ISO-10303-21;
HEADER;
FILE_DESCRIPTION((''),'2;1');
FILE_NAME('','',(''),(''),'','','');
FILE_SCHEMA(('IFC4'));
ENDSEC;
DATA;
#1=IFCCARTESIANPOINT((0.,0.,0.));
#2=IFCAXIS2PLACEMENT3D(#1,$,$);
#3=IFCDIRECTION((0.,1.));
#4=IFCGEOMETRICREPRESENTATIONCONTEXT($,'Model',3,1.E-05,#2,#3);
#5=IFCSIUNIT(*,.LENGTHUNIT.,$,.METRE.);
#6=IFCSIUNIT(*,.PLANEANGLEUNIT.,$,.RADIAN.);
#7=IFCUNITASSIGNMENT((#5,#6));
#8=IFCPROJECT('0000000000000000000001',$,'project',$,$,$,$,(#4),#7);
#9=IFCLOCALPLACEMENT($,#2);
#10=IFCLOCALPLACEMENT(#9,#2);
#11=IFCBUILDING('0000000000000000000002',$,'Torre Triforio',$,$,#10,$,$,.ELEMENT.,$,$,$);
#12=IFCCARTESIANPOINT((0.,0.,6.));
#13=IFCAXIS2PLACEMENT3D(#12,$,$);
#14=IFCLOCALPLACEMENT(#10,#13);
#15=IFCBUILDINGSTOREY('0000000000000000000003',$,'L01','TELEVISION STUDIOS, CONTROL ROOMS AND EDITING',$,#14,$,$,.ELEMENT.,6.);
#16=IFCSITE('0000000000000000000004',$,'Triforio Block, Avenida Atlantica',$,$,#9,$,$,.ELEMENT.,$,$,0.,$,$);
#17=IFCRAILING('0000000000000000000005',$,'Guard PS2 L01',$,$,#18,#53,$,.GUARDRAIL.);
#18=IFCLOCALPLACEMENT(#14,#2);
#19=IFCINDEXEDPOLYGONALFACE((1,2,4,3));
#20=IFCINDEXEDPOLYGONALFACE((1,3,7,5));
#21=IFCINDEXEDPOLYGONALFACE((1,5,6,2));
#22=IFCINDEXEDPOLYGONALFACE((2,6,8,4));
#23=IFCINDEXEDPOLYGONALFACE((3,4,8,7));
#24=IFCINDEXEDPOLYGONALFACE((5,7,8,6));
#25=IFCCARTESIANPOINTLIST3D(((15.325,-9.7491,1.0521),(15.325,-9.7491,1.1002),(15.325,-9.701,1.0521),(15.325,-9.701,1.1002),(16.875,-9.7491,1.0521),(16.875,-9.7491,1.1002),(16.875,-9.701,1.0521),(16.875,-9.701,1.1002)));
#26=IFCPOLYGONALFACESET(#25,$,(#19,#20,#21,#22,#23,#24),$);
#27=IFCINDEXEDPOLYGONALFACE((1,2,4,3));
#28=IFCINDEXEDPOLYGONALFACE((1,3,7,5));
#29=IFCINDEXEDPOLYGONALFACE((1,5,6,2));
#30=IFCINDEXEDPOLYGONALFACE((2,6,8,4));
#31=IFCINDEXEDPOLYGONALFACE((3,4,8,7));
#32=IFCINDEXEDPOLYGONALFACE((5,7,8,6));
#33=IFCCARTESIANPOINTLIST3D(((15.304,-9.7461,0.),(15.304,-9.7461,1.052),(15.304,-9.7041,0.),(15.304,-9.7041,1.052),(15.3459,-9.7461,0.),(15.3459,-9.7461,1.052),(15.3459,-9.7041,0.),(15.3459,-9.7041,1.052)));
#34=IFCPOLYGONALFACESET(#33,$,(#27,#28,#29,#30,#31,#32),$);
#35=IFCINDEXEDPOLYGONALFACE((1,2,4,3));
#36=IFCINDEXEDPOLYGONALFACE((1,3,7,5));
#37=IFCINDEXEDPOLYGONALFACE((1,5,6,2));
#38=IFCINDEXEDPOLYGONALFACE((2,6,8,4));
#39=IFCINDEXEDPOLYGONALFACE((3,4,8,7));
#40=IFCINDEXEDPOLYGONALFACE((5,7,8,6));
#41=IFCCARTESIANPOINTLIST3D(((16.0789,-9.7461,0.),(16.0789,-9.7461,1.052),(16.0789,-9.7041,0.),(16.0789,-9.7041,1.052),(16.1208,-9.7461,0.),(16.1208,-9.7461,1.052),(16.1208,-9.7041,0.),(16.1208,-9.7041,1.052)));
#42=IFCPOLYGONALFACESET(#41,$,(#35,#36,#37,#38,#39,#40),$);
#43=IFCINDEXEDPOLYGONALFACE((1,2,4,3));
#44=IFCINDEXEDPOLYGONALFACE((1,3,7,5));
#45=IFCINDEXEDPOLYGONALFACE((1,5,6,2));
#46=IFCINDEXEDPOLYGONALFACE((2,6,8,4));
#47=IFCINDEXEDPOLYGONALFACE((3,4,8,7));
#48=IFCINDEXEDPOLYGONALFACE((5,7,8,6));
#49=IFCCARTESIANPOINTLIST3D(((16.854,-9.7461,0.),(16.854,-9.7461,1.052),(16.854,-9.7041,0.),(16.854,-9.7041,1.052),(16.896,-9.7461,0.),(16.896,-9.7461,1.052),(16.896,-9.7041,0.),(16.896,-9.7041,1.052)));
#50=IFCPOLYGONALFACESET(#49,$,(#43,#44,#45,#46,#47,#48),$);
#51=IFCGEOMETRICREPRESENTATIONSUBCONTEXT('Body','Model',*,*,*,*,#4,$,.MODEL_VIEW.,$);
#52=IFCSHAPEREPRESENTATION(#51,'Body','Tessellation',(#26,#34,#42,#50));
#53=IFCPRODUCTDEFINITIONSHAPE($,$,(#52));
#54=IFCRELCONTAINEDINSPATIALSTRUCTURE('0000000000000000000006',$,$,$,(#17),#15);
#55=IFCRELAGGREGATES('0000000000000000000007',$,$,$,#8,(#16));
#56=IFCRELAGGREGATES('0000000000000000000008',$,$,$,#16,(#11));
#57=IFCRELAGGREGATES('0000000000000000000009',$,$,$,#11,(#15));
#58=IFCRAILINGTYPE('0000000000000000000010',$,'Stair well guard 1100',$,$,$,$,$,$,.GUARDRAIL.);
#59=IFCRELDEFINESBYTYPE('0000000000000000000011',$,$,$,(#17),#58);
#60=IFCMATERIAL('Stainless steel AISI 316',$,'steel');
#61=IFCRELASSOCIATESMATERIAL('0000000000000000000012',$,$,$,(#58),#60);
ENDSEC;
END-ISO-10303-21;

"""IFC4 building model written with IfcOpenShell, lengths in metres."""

from ifc_helpers import new_model, si_unit, direction, frame, origin, origin_2d, place, context, subcontext, project, spatial, rectangle, extrude, material, type_object, element, save


model = new_model("IFC4")

# Units and contexts
model_context = context("Model", 3, precision=1e-05, world=origin(), true_north=direction((0.0, 1.0)))
body_context = subcontext(model_context, "Body", "Model", "MODEL_VIEW")
ifc_project = project(units=[si_unit("LENGTHUNIT", "METRE"), si_unit("PLANEANGLEUNIT", "RADIAN")], contexts=[model_context])

# Site, building, storey
site_placement = place(None, origin())
site = spatial("IfcSite", under=ifc_project, at=site_placement, Name="Triforio Block, Avenida Atlantica", CompositionType="ELEMENT", RefElevation=0.0)
building_placement = place(site_placement, origin())
building = spatial("IfcBuilding", under=site, at=building_placement, Name="Torre Triforio", CompositionType="ELEMENT")
storey_placement = place(building_placement, frame((0.0, 0.0, 6.0)))
storey = spatial("IfcBuildingStorey", under=building, at=storey_placement, Name="L01", Description="TELEVISION STUDIOS, CONTROL ROOMS AND EDITING", CompositionType="ELEMENT", Elevation=6.0)

# Shared definitions
ifc_material_1 = material(Name="Stainless steel AISI 316", Category="steel")

# Railing
railing_type_1 = type_object("IfcRailingType", Name="Stair well guard 1100", PredefinedType="GUARDRAIL", material=ifc_material_1)
railing_1_placement = place(storey_placement, frame((15.325, -9.7251, 0.0)))
element("IfcRailing", 1, at=railing_1_placement, inside=storey, type_object=railing_type_1, Name="Guard PS2 L01", PredefinedType="GUARDRAIL", context=body_context, shape_type="SweptSolid", body=[
    extrude(rectangle(XDim=0.0481, YDim=0.0481, at=origin_2d()), frame((0.0, 0.0, 1.0762), z_axis=(1.0, 0.0, 0.0), x_axis=(0.0, 1.0, 0.0)), (0.0, 0.0, 1.0), 1.55),
    extrude(rectangle(XDim=0.042, YDim=0.042, at=origin_2d()), origin(), (0.0, 0.0, 1.0), 1.052),
    extrude(rectangle(XDim=0.042, YDim=0.042, at=origin_2d()), frame((0.7749, 0.0, 0.0)), (0.0, 0.0, 1.0), 1.052),
    extrude(rectangle(XDim=0.042, YDim=0.042, at=origin_2d()), frame((1.55, 0.0, 0.0)), (0.0, 0.0, 1.0), 1.052),
])

save(model, "model.ifc")
